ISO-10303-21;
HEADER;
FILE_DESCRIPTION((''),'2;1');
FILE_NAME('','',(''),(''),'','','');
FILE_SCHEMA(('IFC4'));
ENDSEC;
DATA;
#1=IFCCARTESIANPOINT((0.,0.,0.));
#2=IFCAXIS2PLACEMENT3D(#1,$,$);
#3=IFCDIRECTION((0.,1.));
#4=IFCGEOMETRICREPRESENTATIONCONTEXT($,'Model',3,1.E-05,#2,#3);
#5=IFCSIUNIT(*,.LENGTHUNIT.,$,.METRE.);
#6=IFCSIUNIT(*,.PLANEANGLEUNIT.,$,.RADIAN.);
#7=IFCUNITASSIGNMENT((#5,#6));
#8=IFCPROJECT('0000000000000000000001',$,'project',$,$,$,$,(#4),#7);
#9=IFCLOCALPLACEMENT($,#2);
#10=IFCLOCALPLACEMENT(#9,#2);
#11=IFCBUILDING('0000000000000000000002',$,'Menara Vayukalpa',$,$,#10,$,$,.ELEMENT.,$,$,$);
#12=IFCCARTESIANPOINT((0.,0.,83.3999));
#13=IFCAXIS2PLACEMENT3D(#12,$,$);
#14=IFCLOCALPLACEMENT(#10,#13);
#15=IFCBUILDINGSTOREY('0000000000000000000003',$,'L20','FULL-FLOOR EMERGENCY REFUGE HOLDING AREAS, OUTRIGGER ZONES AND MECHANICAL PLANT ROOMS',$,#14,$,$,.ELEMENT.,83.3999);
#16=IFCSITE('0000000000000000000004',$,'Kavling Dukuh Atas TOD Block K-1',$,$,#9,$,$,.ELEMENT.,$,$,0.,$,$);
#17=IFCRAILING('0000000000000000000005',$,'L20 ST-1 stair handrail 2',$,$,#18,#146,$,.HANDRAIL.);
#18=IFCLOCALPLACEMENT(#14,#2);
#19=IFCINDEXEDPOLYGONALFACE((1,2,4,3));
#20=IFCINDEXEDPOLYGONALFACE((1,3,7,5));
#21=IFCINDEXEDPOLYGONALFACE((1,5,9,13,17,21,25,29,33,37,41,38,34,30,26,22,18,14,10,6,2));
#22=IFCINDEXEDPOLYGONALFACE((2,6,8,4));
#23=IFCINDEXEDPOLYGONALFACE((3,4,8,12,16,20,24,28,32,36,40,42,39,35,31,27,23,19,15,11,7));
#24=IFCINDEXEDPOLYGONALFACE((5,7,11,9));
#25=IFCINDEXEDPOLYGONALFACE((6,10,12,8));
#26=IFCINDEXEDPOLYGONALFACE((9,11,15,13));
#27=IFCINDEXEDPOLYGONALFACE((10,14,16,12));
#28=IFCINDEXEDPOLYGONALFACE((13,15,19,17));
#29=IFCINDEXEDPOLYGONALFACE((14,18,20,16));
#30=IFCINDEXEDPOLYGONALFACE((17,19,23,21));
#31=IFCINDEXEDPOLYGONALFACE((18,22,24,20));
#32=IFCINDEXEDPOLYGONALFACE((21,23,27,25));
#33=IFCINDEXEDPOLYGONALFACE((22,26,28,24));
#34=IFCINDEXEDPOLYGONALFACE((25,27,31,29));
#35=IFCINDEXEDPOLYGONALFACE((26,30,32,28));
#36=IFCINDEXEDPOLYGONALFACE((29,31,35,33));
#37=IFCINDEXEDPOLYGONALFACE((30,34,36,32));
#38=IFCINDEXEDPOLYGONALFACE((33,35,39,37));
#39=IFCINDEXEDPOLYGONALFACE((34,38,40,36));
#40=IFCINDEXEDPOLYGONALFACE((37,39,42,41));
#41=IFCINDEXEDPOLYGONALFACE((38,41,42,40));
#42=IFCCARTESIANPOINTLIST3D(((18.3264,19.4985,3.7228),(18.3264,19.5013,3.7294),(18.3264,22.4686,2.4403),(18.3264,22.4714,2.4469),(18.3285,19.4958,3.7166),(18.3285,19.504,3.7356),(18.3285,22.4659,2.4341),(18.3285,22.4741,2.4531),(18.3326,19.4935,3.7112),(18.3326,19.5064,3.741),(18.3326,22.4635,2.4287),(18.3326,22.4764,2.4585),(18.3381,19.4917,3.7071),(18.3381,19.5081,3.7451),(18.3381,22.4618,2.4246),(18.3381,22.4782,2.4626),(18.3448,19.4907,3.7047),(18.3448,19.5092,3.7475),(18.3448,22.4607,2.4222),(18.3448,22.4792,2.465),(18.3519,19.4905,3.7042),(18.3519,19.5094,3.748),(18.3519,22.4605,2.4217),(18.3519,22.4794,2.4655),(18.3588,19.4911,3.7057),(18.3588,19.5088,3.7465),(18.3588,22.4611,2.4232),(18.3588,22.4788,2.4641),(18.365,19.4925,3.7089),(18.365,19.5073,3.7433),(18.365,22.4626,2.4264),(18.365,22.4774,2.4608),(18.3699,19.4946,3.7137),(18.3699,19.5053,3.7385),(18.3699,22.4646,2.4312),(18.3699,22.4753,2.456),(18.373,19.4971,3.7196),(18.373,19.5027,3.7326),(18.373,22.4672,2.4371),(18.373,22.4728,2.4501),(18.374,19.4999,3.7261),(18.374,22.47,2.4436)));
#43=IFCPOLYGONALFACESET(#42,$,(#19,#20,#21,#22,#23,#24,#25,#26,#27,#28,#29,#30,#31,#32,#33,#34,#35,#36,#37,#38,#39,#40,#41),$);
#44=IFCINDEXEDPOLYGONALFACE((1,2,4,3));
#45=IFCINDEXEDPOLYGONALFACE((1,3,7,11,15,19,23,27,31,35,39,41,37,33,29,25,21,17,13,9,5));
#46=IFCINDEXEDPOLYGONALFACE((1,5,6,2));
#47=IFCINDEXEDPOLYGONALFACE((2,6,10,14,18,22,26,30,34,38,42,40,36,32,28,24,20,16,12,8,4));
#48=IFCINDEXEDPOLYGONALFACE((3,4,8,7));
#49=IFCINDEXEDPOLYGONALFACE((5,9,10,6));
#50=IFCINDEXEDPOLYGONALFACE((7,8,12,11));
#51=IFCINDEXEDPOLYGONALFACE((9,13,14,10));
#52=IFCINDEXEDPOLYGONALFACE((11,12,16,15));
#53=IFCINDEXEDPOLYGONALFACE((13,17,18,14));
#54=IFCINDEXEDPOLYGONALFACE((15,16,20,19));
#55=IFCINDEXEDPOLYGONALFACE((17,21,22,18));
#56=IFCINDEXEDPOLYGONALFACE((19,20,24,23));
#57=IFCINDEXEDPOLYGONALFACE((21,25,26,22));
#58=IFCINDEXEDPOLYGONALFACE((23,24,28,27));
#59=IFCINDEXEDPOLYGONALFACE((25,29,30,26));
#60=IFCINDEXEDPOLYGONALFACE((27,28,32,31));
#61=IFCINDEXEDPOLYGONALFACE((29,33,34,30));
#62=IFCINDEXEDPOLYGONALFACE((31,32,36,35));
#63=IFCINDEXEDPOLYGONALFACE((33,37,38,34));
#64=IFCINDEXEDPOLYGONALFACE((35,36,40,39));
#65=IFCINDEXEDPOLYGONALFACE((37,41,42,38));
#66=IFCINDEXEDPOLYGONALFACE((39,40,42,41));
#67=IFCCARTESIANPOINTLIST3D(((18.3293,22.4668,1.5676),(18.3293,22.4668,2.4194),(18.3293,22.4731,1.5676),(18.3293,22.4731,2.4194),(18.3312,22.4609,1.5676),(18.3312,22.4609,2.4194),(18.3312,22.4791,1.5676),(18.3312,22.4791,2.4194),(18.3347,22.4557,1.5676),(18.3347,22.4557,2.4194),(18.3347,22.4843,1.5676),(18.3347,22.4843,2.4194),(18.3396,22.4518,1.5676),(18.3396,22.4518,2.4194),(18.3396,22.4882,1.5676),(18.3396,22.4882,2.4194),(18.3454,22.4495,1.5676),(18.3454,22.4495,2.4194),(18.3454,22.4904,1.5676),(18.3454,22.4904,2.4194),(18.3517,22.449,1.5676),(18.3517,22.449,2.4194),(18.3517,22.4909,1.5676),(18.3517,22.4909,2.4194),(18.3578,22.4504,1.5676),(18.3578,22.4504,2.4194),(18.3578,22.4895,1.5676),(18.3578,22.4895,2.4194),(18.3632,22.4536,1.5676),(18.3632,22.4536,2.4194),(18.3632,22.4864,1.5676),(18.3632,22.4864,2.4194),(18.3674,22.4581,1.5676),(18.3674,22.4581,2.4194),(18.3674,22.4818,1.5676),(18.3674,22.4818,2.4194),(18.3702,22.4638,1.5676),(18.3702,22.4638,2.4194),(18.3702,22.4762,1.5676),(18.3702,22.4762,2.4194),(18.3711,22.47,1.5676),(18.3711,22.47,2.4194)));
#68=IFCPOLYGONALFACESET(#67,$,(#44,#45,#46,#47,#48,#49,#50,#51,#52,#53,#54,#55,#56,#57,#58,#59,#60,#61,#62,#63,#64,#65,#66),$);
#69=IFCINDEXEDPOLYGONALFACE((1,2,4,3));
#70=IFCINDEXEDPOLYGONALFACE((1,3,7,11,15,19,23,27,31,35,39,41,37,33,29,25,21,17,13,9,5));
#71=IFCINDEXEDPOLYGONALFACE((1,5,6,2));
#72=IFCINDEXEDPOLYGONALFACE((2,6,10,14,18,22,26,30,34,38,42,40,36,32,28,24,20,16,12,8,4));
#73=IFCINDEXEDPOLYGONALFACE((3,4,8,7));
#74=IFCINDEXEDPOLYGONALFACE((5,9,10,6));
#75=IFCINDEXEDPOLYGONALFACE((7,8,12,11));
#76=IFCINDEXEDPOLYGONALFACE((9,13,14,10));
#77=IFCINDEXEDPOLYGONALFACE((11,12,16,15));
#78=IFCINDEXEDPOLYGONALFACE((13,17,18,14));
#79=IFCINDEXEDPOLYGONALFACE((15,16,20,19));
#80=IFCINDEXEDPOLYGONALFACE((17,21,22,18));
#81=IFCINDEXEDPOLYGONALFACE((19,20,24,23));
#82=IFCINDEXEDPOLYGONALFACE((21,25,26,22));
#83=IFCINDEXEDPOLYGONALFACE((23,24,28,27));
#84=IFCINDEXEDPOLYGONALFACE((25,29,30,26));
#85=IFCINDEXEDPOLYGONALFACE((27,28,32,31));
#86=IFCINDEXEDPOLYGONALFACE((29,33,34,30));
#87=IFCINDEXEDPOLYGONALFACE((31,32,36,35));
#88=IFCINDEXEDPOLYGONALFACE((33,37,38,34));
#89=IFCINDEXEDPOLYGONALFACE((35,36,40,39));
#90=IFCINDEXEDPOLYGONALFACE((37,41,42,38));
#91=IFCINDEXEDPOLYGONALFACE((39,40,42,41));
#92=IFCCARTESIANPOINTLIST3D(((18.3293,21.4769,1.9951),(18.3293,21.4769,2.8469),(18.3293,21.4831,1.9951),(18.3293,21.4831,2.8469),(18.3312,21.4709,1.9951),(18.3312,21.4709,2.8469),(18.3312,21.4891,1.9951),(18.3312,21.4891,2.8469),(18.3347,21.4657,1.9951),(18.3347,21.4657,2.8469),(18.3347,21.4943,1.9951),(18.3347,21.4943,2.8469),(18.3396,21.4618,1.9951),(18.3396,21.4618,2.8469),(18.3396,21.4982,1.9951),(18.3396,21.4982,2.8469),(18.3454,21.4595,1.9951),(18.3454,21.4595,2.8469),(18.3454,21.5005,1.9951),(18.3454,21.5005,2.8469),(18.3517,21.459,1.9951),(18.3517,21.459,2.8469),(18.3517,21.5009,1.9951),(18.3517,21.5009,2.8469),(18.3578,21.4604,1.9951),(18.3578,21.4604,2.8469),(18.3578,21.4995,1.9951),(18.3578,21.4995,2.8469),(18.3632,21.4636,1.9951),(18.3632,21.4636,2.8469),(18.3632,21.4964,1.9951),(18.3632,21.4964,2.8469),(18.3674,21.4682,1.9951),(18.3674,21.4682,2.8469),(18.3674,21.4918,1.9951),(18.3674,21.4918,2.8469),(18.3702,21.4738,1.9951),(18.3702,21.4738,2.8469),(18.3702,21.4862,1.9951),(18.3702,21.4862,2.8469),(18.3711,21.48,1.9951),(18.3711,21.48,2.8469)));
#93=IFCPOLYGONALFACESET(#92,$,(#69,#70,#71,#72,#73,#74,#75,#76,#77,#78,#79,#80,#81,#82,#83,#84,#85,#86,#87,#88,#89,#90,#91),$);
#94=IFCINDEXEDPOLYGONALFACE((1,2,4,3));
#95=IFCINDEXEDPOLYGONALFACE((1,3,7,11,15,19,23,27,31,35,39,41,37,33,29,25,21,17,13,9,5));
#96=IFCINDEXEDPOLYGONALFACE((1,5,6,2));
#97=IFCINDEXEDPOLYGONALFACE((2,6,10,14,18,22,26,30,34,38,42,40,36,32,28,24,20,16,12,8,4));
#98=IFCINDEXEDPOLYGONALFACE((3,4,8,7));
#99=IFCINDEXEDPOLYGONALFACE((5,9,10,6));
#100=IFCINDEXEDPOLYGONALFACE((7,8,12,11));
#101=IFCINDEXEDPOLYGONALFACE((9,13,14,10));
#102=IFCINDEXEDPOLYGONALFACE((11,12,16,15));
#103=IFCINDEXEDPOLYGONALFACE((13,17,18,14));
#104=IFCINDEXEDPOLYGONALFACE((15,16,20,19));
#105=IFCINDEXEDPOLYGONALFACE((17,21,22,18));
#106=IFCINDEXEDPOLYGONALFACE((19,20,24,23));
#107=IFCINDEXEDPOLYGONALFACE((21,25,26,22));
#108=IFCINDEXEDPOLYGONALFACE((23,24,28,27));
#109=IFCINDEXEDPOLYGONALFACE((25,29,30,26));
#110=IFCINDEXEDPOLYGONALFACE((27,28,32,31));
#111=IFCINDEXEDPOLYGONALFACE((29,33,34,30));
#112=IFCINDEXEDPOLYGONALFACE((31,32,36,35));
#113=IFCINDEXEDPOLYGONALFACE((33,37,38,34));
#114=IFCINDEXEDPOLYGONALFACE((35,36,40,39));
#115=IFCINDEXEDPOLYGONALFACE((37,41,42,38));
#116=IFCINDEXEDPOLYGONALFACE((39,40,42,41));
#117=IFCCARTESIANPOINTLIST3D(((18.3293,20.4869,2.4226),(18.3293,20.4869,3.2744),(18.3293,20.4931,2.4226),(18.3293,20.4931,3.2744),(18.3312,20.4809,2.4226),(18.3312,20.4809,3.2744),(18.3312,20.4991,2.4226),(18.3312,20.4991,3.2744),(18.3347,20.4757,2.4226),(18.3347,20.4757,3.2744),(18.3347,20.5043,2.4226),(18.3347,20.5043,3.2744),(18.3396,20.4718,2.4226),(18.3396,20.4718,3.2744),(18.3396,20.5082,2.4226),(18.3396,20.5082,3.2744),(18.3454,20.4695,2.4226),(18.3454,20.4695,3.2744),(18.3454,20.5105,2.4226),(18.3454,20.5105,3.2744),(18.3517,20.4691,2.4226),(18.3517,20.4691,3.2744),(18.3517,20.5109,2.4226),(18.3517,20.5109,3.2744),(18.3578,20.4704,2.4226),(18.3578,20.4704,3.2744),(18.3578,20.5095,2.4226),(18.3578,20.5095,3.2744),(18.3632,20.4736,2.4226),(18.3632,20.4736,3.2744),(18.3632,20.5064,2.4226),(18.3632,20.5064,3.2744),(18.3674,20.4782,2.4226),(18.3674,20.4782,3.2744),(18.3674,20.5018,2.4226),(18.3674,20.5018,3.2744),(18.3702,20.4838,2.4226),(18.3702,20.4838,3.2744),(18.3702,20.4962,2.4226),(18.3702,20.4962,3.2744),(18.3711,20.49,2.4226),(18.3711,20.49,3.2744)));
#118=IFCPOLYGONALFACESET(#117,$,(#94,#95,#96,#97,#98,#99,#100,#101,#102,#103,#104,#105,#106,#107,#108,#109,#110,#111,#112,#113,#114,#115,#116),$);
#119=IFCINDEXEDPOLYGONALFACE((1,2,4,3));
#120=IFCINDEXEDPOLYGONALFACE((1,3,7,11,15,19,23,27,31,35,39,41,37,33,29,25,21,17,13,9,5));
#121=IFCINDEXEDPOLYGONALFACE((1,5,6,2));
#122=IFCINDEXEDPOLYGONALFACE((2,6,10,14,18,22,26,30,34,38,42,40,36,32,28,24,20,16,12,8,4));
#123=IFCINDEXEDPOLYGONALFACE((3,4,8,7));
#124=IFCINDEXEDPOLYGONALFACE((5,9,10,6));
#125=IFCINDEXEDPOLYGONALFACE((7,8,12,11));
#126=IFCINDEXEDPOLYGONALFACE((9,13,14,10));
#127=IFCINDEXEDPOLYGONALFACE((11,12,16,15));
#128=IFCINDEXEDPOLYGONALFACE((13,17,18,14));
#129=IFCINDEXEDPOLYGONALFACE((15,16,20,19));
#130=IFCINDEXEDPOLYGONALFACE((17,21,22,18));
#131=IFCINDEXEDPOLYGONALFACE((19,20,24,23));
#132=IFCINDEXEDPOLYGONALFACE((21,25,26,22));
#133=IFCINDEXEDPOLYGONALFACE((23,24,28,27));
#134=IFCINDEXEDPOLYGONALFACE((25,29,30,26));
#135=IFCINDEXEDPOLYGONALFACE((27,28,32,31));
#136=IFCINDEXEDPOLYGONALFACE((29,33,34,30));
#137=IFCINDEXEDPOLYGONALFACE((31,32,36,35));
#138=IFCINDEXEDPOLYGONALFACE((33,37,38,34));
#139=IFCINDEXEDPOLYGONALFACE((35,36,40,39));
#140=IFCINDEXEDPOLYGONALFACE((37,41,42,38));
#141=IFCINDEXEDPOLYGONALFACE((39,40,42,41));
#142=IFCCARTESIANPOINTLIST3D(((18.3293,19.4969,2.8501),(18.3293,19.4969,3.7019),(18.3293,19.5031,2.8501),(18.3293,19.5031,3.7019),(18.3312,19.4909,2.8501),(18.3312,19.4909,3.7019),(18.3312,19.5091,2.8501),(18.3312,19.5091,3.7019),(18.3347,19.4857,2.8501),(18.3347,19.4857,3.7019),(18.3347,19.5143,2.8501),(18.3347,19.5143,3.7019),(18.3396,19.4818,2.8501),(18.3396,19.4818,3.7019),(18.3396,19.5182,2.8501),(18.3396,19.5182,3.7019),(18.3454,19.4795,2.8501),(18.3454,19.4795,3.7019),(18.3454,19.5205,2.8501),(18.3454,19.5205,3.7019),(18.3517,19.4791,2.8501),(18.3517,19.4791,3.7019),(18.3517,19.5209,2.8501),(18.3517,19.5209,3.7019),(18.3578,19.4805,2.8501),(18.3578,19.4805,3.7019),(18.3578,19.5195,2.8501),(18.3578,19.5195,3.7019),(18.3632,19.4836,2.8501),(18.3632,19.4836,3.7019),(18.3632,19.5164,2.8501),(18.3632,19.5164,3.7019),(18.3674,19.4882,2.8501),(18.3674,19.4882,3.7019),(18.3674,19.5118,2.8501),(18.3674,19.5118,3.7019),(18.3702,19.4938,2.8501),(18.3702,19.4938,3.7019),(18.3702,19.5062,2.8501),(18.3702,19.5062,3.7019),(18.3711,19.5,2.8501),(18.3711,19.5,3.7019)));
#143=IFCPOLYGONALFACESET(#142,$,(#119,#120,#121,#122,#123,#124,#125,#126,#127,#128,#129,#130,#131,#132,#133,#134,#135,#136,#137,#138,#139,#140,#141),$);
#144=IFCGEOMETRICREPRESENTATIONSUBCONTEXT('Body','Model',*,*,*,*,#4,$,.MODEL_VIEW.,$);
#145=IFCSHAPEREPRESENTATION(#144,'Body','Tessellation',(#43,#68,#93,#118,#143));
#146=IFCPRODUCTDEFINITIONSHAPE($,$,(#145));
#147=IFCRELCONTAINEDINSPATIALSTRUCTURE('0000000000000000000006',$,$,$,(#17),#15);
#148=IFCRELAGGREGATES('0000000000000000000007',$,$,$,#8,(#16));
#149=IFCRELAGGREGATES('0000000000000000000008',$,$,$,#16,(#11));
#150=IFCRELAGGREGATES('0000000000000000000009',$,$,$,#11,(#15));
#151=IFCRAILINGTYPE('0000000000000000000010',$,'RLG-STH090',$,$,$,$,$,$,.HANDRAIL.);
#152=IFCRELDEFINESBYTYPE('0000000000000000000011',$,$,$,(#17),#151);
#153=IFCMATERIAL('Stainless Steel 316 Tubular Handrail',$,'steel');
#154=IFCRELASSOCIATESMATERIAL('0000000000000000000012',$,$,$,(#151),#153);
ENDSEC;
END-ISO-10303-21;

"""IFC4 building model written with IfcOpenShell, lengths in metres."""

from ifc_helpers import new_model, si_unit, direction, frame, origin, origin_2d, place, context, subcontext, project, spatial, circle, extrude, material, type_object, element, save


model = new_model("IFC4")

# Units and contexts
model_context = context("Model", 3, precision=1e-05, world=origin(), true_north=direction((0.0, 1.0)))
body_context = subcontext(model_context, "Body", "Model", "MODEL_VIEW")
ifc_project = project(units=[si_unit("LENGTHUNIT", "METRE"), si_unit("PLANEANGLEUNIT", "RADIAN")], contexts=[model_context])

# Site, building, storey
site_placement = place(None, origin())
site = spatial("IfcSite", under=ifc_project, at=site_placement, Name="Kavling Dukuh Atas TOD Block K-1", CompositionType="ELEMENT", RefElevation=0.0)
building_placement = place(site_placement, origin())
building = spatial("IfcBuilding", under=site, at=building_placement, Name="Menara Vayukalpa", CompositionType="ELEMENT")
storey_placement = place(building_placement, frame((0.0, 0.0, 83.3999)))
storey = spatial("IfcBuildingStorey", under=building, at=storey_placement, Name="L20", Description="FULL-FLOOR EMERGENCY REFUGE HOLDING AREAS, OUTRIGGER ZONES AND MECHANICAL PLANT ROOMS", CompositionType="ELEMENT", Elevation=83.3999)

# Railing
ifc_material_1 = material(Name="Stainless Steel 316 Tubular Handrail", Category="steel")
railing_type_1 = type_object("IfcRailingType", Name="RLG-STH090", PredefinedType="HANDRAIL", material=ifc_material_1)
railing_1_placement = place(storey_placement, frame((18.3501, 22.47, 1.5676)))
element("IfcRailing", 1, at=railing_1_placement, inside=storey, type_object=railing_type_1, Name="L20 ST-1 stair handrail 2", PredefinedType="HANDRAIL", context=body_context, shape_type="SweptSolid", body=[
    extrude(circle(Radius=0.0239, at=origin_2d()), frame((0.0, 0.0, 0.876), z_axis=(0.0, -0.918064, 0.396432), x_axis=(1.0, 0.0, 0.0)), (0.0, 0.0, 1.0), 3.2351),
    extrude(circle(Radius=0.021, at=origin_2d()), origin(), (0.0, 0.0, 1.0), 0.8518),
    extrude(circle(Radius=0.021, at=origin_2d()), frame((0.0, -0.99, 0.4275)), (0.0, 0.0, 1.0), 0.8518),
    extrude(circle(Radius=0.021, at=origin_2d()), frame((0.0, -1.98, 0.855)), (0.0, 0.0, 1.0), 0.8518),
    extrude(circle(Radius=0.021, at=origin_2d()), frame((0.0, -2.97, 1.2825)), (0.0, 0.0, 1.0), 0.8518),
])

save(model, "model.ifc")
